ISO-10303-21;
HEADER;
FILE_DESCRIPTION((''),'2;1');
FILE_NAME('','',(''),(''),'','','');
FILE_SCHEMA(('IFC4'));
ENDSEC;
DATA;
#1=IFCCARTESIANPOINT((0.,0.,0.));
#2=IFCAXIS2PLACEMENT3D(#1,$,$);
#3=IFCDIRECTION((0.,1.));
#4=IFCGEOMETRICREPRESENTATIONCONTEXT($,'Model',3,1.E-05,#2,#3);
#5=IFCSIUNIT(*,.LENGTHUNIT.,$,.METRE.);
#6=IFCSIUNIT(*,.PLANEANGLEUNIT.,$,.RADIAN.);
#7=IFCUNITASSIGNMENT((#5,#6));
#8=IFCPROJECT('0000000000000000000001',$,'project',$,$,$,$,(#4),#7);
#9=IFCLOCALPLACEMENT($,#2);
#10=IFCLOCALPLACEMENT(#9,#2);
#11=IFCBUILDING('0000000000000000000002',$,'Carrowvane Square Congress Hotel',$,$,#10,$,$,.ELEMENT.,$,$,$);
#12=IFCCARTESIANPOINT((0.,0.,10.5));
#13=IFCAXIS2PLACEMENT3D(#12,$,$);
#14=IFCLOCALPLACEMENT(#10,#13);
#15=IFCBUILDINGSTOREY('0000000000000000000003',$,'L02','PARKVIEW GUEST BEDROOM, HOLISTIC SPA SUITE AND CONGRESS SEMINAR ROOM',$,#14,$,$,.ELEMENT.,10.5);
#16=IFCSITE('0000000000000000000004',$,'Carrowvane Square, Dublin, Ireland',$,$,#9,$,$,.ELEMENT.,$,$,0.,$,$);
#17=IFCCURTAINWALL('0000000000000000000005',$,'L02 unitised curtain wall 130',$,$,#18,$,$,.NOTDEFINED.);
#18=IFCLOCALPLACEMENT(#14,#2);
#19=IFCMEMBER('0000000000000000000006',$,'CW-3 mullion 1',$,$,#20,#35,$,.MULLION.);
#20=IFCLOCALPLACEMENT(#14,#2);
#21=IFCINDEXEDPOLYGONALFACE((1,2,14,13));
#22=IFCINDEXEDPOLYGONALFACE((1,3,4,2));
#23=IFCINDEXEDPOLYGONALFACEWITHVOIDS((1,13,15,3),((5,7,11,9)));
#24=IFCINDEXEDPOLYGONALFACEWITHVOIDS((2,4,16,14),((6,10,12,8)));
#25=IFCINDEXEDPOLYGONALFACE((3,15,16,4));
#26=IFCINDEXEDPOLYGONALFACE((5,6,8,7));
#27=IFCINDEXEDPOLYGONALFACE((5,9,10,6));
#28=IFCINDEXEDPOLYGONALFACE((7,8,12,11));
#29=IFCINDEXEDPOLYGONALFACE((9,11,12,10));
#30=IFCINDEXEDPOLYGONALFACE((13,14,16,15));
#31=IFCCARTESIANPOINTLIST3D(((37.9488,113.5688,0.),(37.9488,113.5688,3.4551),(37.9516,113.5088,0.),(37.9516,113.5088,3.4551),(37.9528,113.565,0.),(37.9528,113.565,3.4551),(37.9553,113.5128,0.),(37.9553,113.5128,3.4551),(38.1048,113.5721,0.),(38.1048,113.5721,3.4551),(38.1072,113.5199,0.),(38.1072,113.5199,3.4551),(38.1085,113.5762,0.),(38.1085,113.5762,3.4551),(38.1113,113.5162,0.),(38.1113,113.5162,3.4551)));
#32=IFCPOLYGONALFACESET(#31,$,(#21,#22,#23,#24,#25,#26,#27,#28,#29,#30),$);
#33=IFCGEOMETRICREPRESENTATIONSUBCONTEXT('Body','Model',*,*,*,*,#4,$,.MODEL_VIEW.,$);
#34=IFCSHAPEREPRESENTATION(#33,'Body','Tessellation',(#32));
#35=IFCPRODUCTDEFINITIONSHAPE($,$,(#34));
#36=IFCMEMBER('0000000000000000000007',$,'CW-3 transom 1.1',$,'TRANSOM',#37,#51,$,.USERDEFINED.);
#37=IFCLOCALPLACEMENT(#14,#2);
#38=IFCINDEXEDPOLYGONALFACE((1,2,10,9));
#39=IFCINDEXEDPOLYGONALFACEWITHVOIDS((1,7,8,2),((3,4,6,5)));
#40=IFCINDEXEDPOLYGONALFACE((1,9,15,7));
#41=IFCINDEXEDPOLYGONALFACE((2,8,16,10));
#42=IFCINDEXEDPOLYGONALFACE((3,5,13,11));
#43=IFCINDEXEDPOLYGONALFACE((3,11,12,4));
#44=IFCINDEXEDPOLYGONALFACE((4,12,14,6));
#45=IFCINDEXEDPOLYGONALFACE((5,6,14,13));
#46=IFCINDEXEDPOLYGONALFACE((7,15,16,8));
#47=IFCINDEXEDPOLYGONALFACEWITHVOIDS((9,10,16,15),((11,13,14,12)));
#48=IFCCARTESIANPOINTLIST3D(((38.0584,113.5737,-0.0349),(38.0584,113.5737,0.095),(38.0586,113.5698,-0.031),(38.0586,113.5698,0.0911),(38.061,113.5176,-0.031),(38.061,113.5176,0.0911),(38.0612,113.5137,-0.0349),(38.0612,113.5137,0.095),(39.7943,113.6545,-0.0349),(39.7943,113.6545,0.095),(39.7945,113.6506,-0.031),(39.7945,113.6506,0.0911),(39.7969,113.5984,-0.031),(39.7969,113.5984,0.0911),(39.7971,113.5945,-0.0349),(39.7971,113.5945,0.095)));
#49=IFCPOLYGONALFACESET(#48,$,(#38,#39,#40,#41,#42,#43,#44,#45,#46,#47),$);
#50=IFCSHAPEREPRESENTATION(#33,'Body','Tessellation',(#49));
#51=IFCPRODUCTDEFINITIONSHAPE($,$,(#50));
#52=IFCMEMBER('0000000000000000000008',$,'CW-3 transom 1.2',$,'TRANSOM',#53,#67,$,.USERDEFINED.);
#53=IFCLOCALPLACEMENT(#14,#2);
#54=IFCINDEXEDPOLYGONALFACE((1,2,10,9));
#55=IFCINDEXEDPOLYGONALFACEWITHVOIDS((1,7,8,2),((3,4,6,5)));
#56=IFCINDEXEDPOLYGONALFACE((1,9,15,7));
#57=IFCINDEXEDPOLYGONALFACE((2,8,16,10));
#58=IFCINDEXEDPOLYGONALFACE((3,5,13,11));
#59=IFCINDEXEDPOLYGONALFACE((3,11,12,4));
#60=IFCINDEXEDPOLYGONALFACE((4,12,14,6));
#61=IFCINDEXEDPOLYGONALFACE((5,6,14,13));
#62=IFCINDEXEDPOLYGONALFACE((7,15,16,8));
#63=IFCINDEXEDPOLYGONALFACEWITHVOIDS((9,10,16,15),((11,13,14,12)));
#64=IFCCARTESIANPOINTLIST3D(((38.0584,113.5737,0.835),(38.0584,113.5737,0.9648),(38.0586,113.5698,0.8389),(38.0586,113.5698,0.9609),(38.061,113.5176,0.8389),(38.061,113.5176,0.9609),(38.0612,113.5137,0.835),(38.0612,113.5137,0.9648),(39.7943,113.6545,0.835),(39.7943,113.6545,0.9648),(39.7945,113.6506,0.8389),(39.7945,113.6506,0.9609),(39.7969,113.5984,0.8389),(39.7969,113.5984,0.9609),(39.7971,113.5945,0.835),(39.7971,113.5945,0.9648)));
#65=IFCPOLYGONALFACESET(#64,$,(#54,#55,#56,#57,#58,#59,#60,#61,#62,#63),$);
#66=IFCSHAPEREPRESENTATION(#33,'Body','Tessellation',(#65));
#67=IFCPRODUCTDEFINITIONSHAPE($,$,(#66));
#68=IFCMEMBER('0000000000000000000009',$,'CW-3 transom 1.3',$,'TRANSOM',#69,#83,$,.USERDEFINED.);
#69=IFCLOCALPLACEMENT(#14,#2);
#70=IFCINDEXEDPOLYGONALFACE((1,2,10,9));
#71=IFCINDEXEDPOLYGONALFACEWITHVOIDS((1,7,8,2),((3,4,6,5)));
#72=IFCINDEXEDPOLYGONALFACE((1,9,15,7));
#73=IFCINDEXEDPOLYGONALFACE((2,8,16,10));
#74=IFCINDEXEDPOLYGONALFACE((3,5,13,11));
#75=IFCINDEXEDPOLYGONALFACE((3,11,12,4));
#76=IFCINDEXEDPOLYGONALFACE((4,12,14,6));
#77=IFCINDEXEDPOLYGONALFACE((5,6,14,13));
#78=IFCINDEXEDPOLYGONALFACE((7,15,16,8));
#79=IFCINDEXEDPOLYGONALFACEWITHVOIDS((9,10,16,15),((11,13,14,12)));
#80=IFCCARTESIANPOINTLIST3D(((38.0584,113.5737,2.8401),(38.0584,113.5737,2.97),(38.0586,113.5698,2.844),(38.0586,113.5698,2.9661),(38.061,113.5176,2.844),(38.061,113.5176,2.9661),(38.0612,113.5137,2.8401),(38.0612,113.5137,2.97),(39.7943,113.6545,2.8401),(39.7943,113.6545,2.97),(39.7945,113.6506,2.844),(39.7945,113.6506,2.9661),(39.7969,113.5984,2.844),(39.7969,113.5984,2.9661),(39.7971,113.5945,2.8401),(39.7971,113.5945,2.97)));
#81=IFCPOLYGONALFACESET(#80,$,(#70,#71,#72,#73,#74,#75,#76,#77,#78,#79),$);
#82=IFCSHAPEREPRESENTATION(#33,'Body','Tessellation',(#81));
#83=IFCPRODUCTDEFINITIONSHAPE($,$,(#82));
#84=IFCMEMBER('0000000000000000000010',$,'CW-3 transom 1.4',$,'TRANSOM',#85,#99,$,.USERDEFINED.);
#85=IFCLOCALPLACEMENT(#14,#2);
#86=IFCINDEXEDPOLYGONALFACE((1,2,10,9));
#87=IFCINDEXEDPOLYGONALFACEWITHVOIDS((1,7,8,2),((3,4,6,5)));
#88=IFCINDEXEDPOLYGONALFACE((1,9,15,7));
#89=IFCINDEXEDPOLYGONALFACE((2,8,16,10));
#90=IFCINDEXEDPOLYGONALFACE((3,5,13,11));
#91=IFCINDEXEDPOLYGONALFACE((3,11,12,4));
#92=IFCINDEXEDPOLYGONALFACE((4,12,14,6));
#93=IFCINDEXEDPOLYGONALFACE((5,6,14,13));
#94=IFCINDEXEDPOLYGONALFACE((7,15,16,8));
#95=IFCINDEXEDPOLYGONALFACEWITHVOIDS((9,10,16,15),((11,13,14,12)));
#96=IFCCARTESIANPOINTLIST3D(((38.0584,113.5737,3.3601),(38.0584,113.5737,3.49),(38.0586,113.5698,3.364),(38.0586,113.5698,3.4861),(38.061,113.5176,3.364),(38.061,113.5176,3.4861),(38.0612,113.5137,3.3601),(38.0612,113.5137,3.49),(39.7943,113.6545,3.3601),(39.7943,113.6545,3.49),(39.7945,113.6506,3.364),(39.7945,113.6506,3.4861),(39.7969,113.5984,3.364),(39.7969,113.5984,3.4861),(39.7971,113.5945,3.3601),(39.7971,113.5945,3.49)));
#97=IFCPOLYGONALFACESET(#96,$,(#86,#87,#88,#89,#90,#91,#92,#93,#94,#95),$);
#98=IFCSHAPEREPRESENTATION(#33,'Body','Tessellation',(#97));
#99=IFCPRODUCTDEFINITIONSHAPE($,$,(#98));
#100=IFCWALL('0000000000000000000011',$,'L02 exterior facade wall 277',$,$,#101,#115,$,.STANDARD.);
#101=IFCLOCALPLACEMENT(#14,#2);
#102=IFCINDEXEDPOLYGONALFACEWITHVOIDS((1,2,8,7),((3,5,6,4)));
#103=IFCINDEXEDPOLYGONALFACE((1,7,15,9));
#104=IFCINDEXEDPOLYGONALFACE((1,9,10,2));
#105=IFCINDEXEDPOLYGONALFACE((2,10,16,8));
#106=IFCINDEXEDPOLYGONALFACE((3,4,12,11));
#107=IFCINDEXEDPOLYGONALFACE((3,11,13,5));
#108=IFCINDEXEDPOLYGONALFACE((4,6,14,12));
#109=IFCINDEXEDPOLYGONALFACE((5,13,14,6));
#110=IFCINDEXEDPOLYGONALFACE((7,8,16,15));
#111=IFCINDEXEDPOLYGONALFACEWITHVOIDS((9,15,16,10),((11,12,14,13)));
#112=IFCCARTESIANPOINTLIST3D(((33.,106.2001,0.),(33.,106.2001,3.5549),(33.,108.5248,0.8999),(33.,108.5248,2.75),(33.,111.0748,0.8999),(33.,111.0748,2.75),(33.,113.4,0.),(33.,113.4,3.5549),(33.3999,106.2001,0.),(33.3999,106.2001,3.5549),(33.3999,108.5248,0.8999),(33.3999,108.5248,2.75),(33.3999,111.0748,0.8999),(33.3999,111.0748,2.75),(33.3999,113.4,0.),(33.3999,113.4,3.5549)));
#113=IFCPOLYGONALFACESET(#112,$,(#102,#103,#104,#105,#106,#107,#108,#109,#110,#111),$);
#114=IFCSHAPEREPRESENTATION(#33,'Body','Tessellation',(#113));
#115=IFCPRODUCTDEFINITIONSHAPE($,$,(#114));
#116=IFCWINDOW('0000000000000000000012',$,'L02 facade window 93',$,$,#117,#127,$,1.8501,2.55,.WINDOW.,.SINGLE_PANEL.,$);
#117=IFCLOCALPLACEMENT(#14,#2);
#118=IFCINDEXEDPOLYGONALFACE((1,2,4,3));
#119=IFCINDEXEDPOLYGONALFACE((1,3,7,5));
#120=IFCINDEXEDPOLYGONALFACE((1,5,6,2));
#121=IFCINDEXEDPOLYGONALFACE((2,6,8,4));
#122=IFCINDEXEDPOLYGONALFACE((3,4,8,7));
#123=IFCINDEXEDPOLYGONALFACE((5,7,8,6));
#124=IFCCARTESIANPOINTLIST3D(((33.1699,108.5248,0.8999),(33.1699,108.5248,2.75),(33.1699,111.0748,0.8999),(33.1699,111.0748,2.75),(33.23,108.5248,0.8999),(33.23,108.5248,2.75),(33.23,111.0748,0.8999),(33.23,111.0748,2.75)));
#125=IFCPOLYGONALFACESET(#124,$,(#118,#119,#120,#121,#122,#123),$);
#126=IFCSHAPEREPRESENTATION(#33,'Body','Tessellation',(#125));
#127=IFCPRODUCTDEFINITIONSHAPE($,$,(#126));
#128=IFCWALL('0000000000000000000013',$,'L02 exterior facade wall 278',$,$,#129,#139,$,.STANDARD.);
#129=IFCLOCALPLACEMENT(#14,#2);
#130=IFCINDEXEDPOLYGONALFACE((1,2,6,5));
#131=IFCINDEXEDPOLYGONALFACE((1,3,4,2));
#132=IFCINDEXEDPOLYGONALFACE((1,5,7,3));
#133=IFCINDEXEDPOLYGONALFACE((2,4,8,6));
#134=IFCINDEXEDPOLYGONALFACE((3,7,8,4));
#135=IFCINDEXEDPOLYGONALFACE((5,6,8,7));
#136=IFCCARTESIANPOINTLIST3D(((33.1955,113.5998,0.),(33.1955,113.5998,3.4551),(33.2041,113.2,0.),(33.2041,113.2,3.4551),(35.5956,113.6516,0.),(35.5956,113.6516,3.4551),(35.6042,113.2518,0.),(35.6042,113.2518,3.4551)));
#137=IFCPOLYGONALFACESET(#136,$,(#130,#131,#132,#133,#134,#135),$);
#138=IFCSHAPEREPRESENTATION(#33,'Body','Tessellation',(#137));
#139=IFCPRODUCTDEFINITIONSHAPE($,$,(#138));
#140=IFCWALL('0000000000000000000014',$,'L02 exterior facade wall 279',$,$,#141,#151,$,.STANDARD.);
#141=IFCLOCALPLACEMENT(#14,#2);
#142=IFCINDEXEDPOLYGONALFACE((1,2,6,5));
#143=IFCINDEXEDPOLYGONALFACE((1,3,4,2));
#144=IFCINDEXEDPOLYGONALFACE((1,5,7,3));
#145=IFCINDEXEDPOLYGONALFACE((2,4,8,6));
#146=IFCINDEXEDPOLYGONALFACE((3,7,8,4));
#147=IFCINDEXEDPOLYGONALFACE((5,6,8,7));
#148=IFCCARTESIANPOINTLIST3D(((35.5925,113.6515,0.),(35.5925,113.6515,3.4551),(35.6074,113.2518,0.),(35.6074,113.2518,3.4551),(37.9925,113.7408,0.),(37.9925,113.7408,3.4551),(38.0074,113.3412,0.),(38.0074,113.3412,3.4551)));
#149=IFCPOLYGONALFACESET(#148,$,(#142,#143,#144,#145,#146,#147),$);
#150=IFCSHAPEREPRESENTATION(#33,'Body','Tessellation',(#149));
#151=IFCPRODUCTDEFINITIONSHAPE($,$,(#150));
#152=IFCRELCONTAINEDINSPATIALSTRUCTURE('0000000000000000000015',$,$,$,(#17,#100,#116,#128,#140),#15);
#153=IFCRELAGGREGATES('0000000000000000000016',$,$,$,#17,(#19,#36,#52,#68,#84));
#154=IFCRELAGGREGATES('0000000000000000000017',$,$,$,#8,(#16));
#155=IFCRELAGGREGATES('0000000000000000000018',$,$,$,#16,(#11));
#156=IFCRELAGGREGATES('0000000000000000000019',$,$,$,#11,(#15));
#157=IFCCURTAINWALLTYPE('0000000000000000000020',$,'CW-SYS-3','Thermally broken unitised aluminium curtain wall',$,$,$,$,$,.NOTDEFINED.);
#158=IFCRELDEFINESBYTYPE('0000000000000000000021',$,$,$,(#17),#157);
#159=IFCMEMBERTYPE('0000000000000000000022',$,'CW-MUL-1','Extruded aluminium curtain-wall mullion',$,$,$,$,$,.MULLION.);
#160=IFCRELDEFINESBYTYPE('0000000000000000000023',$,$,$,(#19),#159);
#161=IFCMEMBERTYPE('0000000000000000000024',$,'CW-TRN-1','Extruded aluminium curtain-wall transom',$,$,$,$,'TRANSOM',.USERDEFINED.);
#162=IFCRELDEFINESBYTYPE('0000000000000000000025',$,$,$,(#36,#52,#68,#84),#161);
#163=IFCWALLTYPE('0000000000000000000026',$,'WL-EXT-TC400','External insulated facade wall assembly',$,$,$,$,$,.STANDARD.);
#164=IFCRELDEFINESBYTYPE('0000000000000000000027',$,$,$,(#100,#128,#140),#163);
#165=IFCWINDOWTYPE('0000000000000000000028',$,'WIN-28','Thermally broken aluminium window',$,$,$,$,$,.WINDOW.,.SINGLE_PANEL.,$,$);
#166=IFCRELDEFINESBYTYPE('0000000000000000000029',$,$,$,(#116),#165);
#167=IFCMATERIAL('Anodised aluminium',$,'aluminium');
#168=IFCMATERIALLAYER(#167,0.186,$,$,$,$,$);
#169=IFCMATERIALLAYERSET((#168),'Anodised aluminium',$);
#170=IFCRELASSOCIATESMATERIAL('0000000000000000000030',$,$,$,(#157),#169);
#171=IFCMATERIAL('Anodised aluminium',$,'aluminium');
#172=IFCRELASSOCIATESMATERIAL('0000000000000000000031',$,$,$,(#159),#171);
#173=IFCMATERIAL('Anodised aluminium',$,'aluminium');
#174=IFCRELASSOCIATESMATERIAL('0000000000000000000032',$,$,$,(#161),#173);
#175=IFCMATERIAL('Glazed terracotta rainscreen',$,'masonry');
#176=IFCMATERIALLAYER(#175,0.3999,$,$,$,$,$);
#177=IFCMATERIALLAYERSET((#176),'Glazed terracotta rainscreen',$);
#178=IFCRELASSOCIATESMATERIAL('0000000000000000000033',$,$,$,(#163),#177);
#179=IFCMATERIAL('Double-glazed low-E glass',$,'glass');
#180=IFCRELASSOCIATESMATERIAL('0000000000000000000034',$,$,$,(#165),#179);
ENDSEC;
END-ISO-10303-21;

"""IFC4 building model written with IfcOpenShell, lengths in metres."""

from ifc_helpers import new_model, si_unit, direction, frame, frame_2d, origin, origin_2d, place, context, subcontext, project, spatial, rectangle, hollow_rectangle, extrude, material, layer, layer_set, material_profile, profile_set, type_object, element, fill, aggregate, save


model = new_model("IFC4")

# Units and contexts
model_context = context("Model", 3, precision=1e-05, world=origin(), true_north=direction((0.0, 1.0)))
body_context = subcontext(model_context, "Body", "Model", "MODEL_VIEW")
ifc_project = project(units=[si_unit("LENGTHUNIT", "METRE"), si_unit("PLANEANGLEUNIT", "RADIAN")], contexts=[model_context])

# Site, building, storey
site_placement = place(None, origin())
site = spatial("IfcSite", under=ifc_project, at=site_placement, Name="Carrowvane Square, Dublin, Ireland", CompositionType="ELEMENT", RefElevation=0.0)
building_placement = place(site_placement, origin())
building = spatial("IfcBuilding", under=site, at=building_placement, Name="Carrowvane Square Congress Hotel", CompositionType="ELEMENT")
storey_placement = place(building_placement, frame((0.0, 0.0, 10.5)))
storey = spatial("IfcBuildingStorey", under=building, at=storey_placement, Name="L02", Description="PARKVIEW GUEST BEDROOM, HOLISTIC SPA SUITE AND CONGRESS SEMINAR ROOM", CompositionType="ELEMENT", Elevation=10.5)

# Curtain wall, members
ifc_material_1 = material(Name="Anodised aluminium", Category="aluminium")
ifc_layer_1 = layer(ifc_material_1, 0.186)
ifc_layer_set_1 = layer_set([ifc_layer_1], Name="Anodised aluminium")
curtain_wall_type = type_object("IfcCurtainWallType", Name="CW-SYS-3", Description="Thermally broken unitised aluminium curtain wall", PredefinedType="NOTDEFINED", material=ifc_layer_set_1)
curtain_wall_placement = place(storey_placement, origin())
curtain_wall = element("IfcCurtainWall", 1, at=curtain_wall_placement, inside=storey, type_object=curtain_wall_type, Name="L02 unitised curtain wall 130", PredefinedType="NOTDEFINED")
ifc_material_2 = material(Name="Anodised aluminium", Category="aluminium")
ifc_material_profile_1 = material_profile(ifc_material_2, hollow_rectangle(XDim=0.0601, YDim=0.1599, WallThickness=0.0039, at=origin_2d()), Name="CW-ML 60x160x4")
ifc_profile_set_1 = profile_set([ifc_material_profile_1], Name="Anodised aluminium")
member_type_1 = type_object("IfcMemberType", Name="CW-MUL-1", Description="Extruded aluminium curtain-wall mullion", PredefinedType="MULLION", material=ifc_profile_set_1)
member_1_placement = place(storey_placement, frame((38.03, 113.5425, 0.0), z_axis=(0.0, 0.0, 1.0), x_axis=(-0.046517, 0.998917, 0.0)))
member_1 = element("IfcMember", 2, at=member_1_placement, type_object=member_type_1, Name="CW-3 mullion 1", PredefinedType="MULLION", context=body_context, shape_type="SweptSolid", body=[
    extrude(hollow_rectangle(XDim=0.0601, YDim=0.1599, WallThickness=0.0039, at=origin_2d()), origin(), (0.0, 0.0, 1.0), 3.4551),
])
ifc_material_3 = material(Name="Anodised aluminium", Category="aluminium")
ifc_material_profile_2 = material_profile(ifc_material_3, hollow_rectangle(XDim=0.0601, YDim=0.1299, WallThickness=0.0039, at=origin_2d()), Name="CW-TR 60x130x4")
ifc_profile_set_2 = profile_set([ifc_material_profile_2], Name="Anodised aluminium")
member_type_2 = type_object("IfcMemberType", Name="CW-TRN-1", Description="Extruded aluminium curtain-wall transom", ElementType="TRANSOM", PredefinedType="USERDEFINED", material=ifc_profile_set_2)
member_2_placement = place(storey_placement, frame((38.0598, 113.5437, 0.03), z_axis=(0.998918, 0.046504, 0.0), x_axis=(-0.046504, 0.998918, 0.0)))
member_2 = element("IfcMember", 3, at=member_2_placement, type_object=member_type_2, Name="CW-3 transom 1.1", ObjectType="TRANSOM", PredefinedType="USERDEFINED", context=body_context, shape_type="SweptSolid", body=[
    extrude(hollow_rectangle(XDim=0.0601, YDim=0.1299, WallThickness=0.0039, at=origin_2d()), origin(), (0.0, 0.0, 1.0), 1.7378),
])
member_3_placement = place(storey_placement, frame((38.0598, 113.5437, 0.8999), z_axis=(0.998918, 0.046504, 0.0), x_axis=(-0.046504, 0.998918, 0.0)))
member_3 = element("IfcMember", 4, at=member_3_placement, type_object=member_type_2, Name="CW-3 transom 1.2", ObjectType="TRANSOM", PredefinedType="USERDEFINED", context=body_context, shape_type="SweptSolid", body=[
    extrude(hollow_rectangle(XDim=0.0601, YDim=0.1299, WallThickness=0.0039, at=origin_2d()), origin(), (0.0, 0.0, 1.0), 1.7378),
])
member_4_placement = place(storey_placement, frame((38.0598, 113.5437, 2.905), z_axis=(0.998918, 0.046504, 0.0), x_axis=(-0.046504, 0.998918, 0.0)))
member_4 = element("IfcMember", 5, at=member_4_placement, type_object=member_type_2, Name="CW-3 transom 1.3", ObjectType="TRANSOM", PredefinedType="USERDEFINED", context=body_context, shape_type="SweptSolid", body=[
    extrude(hollow_rectangle(XDim=0.0601, YDim=0.1299, WallThickness=0.0039, at=origin_2d()), origin(), (0.0, 0.0, 1.0), 1.7378),
])
member_5_placement = place(storey_placement, frame((38.0598, 113.5437, 3.425), z_axis=(0.998918, 0.046504, 0.0), x_axis=(-0.046504, 0.998918, 0.0)))
member_5 = element("IfcMember", 6, at=member_5_placement, type_object=member_type_2, Name="CW-3 transom 1.4", ObjectType="TRANSOM", PredefinedType="USERDEFINED", context=body_context, shape_type="SweptSolid", body=[
    extrude(hollow_rectangle(XDim=0.0601, YDim=0.1299, WallThickness=0.0039, at=origin_2d()), origin(), (0.0, 0.0, 1.0), 1.7378),
])
aggregate(curtain_wall, [member_1, member_2, member_3, member_4, member_5])

# Wall, opening, window
ifc_material_4 = material(Name="Glazed terracotta rainscreen", Category="masonry")
ifc_layer_2 = layer(ifc_material_4, 0.3999)
ifc_layer_set_2 = layer_set([ifc_layer_2], Name="Glazed terracotta rainscreen")
wall_type_1 = type_object("IfcWallType", Name="WL-EXT-TC400", Description="External insulated facade wall assembly", PredefinedType="STANDARD", material=ifc_layer_set_2)
wall_1_placement = place(storey_placement, frame((33.2, 106.2, 0.0), z_axis=(0.0, 0.0, 1.0), x_axis=(0.0, 1.0, 0.0)))
wall_1 = element("IfcWall", 7, at=wall_1_placement, inside=storey, type_object=wall_type_1, Name="L02 exterior facade wall 277", PredefinedType="STANDARD", context=body_context, shape_type="SweptSolid", body=[
    extrude(rectangle(XDim=7.2, YDim=0.3999, at=frame_2d((3.6001, 0.0))), origin(), (0.0, 0.0, 1.0), 3.5549),
])
opening_1_placement = place(wall_1_placement, frame((2.325, 0.0, 0.8999)))
opening_1 = element("IfcOpeningElement", 8, at=opening_1_placement, cuts=wall_1, PredefinedType="OPENING", context=body_context, shape_type="SweptSolid", body=[
    extrude(rectangle(XDim=2.55, YDim=1.8501, at=frame_2d((1.2749, 0.925))), frame((0.0, 0.21, 0.0), z_axis=(0.0, -1.0, 0.0), x_axis=(1.0, 0.0, 0.0)), (0.0, 0.0, 1.0), 0.4199),
])
ifc_material_5 = material(Name="Double-glazed low-E glass", Category="glass")
window_type = type_object("IfcWindowType", Name="WIN-28", Description="Thermally broken aluminium window", PartitioningType="SINGLE_PANEL", PredefinedType="WINDOW", material=ifc_material_5)
window_placement = place(opening_1_placement, origin())
window = element("IfcWindow", 9, at=window_placement, inside=storey, type_object=window_type, Name="L02 facade window 93", OverallHeight=1.8501, OverallWidth=2.55, PartitioningType="SINGLE_PANEL", PredefinedType="WINDOW", context=body_context, shape_type="SweptSolid", body=[
    extrude(rectangle(XDim=2.55, YDim=1.8501, at=frame_2d((1.2749, 0.925))), frame((0.0, 0.03, 0.0), z_axis=(0.0, -1.0, 0.0), x_axis=(1.0, 0.0, 0.0)), (0.0, 0.0, 1.0), 0.0601),
])
fill(opening_1, window)

# Walls
wall_2_placement = place(storey_placement, frame((33.2, 113.3999, 0.0), z_axis=(0.0, 0.0, 1.0), x_axis=(0.999768, 0.021559, 0.0)))
element("IfcWall", 10, at=wall_2_placement, inside=storey, type_object=wall_type_1, Name="L02 exterior facade wall 278", PredefinedType="STANDARD", context=body_context, shape_type="SweptSolid", body=[
    extrude(rectangle(XDim=2.4006, YDim=0.3999, at=frame_2d((1.2002, 0.0))), origin(), (0.0, 0.0, 1.0), 3.4551),
])
wall_3_placement = place(storey_placement, frame((35.6001, 113.4517, 0.0), z_axis=(0.0, 0.0, 1.0), x_axis=(0.999308, 0.037207, 0.0)))
element("IfcWall", 11, at=wall_3_placement, inside=storey, type_object=wall_type_1, Name="L02 exterior facade wall 279", PredefinedType="STANDARD", context=body_context, shape_type="SweptSolid", body=[
    extrude(rectangle(XDim=2.4016, YDim=0.3999, at=frame_2d((1.2007, 0.0))), origin(), (0.0, 0.0, 1.0), 3.4551),
])

save(model, "model.ifc")
